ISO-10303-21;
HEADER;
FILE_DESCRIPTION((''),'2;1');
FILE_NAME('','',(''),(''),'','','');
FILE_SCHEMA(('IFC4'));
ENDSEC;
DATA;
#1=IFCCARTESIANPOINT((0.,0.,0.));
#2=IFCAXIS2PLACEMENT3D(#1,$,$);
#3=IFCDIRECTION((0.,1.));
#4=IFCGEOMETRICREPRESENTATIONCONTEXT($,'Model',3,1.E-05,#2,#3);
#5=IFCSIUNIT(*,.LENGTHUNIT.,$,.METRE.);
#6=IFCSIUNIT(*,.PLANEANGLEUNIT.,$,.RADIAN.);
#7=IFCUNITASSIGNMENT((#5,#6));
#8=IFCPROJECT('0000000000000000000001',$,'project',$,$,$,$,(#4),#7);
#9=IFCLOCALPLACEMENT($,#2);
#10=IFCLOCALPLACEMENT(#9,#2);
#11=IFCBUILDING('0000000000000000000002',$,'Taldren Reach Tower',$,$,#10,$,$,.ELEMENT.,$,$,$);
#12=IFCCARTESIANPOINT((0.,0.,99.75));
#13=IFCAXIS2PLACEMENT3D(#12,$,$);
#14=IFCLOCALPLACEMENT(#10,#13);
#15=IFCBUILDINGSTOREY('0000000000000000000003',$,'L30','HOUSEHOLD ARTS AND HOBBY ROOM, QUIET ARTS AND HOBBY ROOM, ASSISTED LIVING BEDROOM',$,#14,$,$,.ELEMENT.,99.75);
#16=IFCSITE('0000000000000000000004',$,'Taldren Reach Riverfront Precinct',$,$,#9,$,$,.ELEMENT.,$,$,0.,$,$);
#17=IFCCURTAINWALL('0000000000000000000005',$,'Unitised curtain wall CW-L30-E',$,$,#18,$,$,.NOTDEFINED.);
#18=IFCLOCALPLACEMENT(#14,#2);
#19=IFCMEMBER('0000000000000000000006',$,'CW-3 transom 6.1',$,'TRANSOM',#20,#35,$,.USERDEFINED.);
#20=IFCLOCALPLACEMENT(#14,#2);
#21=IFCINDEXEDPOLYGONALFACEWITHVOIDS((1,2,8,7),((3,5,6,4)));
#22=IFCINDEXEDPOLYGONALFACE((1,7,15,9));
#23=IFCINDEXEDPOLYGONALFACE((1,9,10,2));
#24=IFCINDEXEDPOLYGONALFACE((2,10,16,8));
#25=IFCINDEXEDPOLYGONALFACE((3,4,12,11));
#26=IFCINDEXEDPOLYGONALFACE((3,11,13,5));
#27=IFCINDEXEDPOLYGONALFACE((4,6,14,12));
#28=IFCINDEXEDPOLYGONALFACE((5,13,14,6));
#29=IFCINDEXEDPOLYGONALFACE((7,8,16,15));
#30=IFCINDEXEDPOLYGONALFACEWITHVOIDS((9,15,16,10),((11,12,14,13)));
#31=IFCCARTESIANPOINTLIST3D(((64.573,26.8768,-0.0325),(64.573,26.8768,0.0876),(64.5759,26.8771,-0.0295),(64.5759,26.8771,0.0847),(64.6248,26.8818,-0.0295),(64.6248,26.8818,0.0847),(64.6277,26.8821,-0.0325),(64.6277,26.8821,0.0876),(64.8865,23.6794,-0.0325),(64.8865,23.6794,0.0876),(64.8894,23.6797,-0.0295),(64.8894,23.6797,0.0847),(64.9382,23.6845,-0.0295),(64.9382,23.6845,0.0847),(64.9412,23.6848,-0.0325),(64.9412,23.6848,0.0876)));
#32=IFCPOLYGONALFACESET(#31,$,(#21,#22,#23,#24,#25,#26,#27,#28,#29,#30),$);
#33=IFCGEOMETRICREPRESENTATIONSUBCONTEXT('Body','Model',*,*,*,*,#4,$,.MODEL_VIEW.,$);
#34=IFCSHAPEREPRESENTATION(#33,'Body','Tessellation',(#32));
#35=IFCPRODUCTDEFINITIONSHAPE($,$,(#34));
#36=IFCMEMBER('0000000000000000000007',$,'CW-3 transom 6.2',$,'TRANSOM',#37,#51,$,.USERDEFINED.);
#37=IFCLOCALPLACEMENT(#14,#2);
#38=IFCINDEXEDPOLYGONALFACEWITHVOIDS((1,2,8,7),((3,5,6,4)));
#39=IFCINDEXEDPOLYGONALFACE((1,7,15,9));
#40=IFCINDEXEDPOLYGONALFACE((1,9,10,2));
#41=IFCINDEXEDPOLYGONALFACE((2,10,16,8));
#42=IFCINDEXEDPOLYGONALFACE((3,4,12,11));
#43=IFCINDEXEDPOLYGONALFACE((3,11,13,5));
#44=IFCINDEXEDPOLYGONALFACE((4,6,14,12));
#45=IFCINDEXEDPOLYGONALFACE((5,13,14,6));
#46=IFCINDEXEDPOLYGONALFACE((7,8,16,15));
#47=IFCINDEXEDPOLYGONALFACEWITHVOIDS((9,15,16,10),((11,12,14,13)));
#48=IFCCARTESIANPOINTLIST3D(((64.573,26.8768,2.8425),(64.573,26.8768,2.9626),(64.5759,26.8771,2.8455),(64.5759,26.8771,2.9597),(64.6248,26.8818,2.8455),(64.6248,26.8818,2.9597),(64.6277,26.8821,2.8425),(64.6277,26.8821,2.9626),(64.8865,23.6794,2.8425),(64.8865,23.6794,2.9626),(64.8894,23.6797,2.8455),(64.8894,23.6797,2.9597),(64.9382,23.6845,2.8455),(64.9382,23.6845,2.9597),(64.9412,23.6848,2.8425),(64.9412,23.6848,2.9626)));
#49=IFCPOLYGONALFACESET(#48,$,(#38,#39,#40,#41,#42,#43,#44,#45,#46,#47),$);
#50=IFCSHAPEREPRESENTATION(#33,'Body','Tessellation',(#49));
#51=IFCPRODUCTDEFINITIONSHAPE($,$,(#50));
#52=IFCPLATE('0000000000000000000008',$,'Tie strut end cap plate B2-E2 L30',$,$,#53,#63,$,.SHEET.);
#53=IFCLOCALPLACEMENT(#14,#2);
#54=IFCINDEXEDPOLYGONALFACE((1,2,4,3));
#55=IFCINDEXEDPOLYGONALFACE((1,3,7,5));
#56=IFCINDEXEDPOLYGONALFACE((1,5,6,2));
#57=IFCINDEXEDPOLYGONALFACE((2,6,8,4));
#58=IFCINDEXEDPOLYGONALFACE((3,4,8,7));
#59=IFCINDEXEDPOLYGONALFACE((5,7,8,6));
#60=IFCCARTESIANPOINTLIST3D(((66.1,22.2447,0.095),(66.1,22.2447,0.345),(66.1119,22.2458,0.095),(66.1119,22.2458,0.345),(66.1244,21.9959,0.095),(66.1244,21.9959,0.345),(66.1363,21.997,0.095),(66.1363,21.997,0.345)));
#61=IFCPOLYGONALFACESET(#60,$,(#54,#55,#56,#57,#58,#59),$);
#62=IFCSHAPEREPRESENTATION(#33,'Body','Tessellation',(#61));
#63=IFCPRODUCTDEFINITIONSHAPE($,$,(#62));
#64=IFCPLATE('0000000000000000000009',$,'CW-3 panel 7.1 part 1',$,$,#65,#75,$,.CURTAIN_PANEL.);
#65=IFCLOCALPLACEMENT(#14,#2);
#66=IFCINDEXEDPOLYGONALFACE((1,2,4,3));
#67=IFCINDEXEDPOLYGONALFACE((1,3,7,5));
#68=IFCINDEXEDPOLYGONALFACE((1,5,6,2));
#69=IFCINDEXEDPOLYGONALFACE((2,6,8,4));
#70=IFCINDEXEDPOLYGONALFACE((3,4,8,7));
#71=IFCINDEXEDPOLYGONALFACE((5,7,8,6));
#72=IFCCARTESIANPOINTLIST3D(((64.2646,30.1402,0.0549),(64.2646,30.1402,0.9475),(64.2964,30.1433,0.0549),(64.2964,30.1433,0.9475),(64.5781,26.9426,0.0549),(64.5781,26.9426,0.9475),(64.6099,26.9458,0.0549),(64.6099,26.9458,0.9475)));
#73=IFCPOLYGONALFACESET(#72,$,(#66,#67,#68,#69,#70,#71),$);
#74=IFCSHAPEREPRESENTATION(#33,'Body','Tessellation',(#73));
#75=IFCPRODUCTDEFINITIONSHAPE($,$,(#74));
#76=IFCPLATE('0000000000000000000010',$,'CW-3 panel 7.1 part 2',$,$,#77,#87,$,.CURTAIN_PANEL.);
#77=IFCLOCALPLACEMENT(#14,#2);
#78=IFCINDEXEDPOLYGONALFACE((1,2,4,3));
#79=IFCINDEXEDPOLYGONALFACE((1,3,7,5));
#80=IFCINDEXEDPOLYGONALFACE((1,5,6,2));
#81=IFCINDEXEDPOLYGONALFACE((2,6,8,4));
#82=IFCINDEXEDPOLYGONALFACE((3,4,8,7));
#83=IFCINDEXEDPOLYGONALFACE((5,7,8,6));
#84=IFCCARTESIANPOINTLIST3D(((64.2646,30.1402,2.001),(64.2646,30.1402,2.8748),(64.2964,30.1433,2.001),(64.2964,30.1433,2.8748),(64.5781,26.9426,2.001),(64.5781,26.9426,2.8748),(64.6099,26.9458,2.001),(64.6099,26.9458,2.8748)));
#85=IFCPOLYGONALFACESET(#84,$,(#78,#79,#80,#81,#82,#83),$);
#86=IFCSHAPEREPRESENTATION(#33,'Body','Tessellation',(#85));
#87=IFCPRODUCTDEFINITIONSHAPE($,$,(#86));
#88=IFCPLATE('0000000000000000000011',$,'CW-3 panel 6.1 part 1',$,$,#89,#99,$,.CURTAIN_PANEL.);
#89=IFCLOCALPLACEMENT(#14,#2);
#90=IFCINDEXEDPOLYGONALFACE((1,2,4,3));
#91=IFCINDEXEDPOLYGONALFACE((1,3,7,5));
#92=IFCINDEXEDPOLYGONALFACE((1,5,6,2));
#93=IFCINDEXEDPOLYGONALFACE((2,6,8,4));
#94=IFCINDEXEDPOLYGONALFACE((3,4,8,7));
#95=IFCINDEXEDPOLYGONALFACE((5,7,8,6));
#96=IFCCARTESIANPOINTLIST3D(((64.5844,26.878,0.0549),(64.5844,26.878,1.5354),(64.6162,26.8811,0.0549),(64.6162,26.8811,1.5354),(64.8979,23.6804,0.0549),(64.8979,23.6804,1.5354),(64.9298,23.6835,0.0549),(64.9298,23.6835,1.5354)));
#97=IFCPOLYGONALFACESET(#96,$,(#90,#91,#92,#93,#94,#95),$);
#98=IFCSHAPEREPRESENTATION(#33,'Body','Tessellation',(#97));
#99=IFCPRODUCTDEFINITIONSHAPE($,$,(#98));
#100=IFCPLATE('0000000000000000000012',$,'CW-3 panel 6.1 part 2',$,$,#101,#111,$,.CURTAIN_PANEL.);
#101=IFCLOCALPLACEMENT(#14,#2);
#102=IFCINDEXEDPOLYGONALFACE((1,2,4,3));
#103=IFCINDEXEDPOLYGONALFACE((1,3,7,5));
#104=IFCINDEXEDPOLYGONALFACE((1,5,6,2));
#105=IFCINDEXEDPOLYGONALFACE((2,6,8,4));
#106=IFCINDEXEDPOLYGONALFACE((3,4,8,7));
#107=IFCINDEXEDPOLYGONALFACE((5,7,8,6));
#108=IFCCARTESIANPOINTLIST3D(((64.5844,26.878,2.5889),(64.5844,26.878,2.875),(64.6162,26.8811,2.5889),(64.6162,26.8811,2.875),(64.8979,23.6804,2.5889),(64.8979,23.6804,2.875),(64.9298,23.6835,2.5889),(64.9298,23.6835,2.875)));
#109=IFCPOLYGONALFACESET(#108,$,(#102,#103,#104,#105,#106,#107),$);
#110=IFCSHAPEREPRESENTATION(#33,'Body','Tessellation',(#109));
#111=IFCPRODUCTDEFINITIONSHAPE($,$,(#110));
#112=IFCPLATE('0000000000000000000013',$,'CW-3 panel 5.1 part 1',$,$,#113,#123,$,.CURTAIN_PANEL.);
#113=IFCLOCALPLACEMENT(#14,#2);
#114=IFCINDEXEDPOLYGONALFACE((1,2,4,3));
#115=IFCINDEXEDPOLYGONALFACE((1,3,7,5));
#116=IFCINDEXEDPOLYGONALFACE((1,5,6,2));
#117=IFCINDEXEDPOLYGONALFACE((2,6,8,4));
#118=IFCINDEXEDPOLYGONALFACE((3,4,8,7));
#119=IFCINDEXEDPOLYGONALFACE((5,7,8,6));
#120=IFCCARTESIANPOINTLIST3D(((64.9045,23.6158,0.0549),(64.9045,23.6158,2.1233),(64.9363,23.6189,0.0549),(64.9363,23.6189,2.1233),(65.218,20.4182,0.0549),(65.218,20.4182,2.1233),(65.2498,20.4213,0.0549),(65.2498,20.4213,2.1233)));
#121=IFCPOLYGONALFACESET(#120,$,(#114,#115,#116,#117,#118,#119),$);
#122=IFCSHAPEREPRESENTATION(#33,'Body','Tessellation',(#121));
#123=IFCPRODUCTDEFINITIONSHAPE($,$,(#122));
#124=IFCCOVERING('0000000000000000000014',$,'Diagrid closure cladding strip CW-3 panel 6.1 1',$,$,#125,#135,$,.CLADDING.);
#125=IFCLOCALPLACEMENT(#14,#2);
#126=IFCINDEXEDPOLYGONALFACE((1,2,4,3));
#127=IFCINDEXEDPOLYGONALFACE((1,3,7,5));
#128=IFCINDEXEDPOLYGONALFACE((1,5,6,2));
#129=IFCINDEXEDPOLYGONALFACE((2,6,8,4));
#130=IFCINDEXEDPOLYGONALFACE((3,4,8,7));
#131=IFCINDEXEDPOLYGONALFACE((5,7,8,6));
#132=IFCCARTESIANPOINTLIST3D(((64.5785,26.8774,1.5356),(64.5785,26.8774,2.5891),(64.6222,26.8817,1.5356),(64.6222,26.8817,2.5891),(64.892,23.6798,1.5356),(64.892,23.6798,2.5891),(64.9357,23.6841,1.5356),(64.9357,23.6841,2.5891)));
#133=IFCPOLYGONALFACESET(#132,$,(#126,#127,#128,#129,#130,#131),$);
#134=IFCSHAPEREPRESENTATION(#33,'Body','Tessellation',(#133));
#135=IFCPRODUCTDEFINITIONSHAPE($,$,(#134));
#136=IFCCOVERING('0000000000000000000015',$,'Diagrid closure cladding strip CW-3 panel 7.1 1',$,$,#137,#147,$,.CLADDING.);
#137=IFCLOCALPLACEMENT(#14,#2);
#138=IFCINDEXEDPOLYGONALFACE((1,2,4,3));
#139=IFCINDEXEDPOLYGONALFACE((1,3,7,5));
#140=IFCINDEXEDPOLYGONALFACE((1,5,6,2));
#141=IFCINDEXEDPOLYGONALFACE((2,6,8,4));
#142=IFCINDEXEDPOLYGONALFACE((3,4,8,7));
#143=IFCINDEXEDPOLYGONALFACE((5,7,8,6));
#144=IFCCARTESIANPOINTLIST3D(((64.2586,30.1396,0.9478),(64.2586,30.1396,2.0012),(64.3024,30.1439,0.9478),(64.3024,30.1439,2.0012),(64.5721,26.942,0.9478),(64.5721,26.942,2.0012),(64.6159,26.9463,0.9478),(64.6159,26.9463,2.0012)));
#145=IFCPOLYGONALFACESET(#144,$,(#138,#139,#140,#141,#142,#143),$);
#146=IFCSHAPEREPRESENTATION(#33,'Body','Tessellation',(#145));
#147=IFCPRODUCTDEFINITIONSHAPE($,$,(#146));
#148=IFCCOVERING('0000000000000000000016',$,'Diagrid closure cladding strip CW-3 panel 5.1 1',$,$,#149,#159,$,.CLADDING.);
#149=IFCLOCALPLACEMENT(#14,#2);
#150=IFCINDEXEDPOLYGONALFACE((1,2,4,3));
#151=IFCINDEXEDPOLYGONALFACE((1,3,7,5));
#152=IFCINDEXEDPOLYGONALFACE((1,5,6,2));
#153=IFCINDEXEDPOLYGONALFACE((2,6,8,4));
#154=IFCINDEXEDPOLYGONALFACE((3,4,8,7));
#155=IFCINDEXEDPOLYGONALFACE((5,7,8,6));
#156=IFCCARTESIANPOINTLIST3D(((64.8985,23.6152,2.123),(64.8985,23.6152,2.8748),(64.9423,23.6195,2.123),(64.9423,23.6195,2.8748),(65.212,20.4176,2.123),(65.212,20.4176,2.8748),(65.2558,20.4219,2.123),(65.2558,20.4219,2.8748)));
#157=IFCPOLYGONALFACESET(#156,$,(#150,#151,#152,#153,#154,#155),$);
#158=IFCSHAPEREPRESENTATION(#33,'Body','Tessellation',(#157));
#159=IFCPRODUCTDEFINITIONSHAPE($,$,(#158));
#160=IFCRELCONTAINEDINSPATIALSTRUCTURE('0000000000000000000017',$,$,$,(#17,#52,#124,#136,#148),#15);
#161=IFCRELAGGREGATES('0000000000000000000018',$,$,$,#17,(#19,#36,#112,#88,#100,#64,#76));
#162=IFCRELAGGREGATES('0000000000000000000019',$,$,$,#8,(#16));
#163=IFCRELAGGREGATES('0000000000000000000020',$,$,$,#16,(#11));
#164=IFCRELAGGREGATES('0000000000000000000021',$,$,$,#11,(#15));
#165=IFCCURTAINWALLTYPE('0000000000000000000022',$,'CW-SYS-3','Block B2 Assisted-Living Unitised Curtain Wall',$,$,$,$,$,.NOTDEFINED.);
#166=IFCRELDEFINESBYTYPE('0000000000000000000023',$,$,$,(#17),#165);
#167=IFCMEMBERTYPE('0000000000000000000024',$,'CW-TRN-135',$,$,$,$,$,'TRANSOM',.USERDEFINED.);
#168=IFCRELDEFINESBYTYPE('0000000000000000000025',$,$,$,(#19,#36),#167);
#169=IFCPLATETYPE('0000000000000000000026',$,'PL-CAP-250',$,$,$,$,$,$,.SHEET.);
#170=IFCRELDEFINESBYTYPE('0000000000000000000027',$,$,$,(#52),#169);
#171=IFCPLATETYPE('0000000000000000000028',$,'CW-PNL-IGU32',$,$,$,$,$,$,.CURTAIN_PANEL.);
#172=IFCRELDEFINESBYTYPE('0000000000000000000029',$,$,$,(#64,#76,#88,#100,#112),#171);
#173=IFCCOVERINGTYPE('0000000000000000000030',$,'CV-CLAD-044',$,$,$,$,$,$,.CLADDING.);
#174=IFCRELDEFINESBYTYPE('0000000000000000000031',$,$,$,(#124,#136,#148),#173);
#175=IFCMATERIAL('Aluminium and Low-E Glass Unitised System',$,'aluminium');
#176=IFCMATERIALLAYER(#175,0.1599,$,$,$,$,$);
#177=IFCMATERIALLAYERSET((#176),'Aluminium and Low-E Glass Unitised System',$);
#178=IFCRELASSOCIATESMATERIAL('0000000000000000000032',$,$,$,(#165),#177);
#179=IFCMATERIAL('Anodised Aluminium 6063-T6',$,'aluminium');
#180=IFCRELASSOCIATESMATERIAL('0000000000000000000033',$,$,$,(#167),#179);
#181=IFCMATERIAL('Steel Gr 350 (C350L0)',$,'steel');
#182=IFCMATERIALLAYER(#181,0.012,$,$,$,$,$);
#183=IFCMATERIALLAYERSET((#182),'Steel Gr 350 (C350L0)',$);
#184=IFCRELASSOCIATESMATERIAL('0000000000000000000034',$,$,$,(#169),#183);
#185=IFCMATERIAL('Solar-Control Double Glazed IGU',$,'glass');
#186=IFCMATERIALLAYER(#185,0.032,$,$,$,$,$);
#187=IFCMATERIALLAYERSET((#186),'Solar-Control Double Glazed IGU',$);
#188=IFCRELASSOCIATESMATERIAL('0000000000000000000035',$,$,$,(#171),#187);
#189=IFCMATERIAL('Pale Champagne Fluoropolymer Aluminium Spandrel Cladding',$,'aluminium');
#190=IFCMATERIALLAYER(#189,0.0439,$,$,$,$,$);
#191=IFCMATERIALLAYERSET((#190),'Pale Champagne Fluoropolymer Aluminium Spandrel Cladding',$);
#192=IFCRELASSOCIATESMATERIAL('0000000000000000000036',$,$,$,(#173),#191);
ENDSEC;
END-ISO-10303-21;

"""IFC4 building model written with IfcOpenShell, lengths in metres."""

from ifc_helpers import new_model, si_unit, direction, frame, origin, origin_2d, place, context, subcontext, project, spatial, rectangle, hollow_rectangle, extrude, source, transform, mapped, material, layer, layer_set, material_profile, profile_set, type_object, element, aggregate, save


model = new_model("IFC4")

# Units and contexts
model_context = context("Model", 3, precision=1e-05, world=origin(), true_north=direction((0.0, 1.0)))
body_context = subcontext(model_context, "Body", "Model", "MODEL_VIEW")
ifc_project = project(units=[si_unit("LENGTHUNIT", "METRE"), si_unit("PLANEANGLEUNIT", "RADIAN")], contexts=[model_context])

# Site, building, storey
site_placement = place(None, origin())
site = spatial("IfcSite", under=ifc_project, at=site_placement, Name="Taldren Reach Riverfront Precinct", CompositionType="ELEMENT", RefElevation=0.0)
building_placement = place(site_placement, origin())
building = spatial("IfcBuilding", under=site, at=building_placement, Name="Taldren Reach Tower", CompositionType="ELEMENT")
storey_placement = place(building_placement, frame((0.0, 0.0, 99.75)))
storey = spatial("IfcBuildingStorey", under=building, at=storey_placement, Name="L30", Description="HOUSEHOLD ARTS AND HOBBY ROOM, QUIET ARTS AND HOBBY ROOM, ASSISTED LIVING BEDROOM", CompositionType="ELEMENT", Elevation=99.75)

# Shared definitions
ifc_material_1 = material(Name="Steel Gr 350 (C350L0)", Category="steel")

# Curtain wall, members
ifc_material_2 = material(Name="Aluminium and Low-E Glass Unitised System", Category="aluminium")
ifc_layer_1 = layer(ifc_material_2, 0.1599)
ifc_layer_set_1 = layer_set([ifc_layer_1], Name="Aluminium and Low-E Glass Unitised System")
curtain_wall_type = type_object("IfcCurtainWallType", Name="CW-SYS-3", Description="Block B2 Assisted-Living Unitised Curtain Wall", PredefinedType="NOTDEFINED", material=ifc_layer_set_1)
curtain_wall_placement = place(storey_placement, origin())
curtain_wall = element("IfcCurtainWall", 1, at=curtain_wall_placement, inside=storey, type_object=curtain_wall_type, Name="Unitised curtain wall CW-L30-E", PredefinedType="NOTDEFINED")
ifc_material_3 = material(Name="Anodised Aluminium 6063-T6", Category="aluminium")
ifc_material_profile_1 = material_profile(ifc_material_3, hollow_rectangle(XDim=0.0549, YDim=0.1201, WallThickness=0.0029, at=origin_2d()), Name="ALU-120x55x3RHS")
ifc_profile_set_1 = profile_set([ifc_material_profile_1], Name="Anodised Aluminium 6063-T6")
member_type_1 = type_object("IfcMemberType", Name="CW-TRN-135", ElementType="TRANSOM", PredefinedType="USERDEFINED", material=ifc_profile_set_1)
shared_shape_1 = source(origin(), body_context, "Body", "SweptSolid", [
    extrude(hollow_rectangle(XDim=0.0549, YDim=0.1201, WallThickness=0.0029, at=origin_2d()), origin(), (0.0, 0.0, 1.0), 3.2126),
])
member_1_placement = place(storey_placement, frame((64.9138, 23.6821, 0.0276), z_axis=(-0.097577, 0.995228, 0.0), x_axis=(-0.995228, -0.097577, 0.0)))
member_1 = element("IfcMember", 2, at=member_1_placement, type_object=member_type_1, Name="CW-3 transom 6.1", ObjectType="TRANSOM", PredefinedType="USERDEFINED", context=body_context, shape_type="MappedRepresentation", body=[
    mapped(shared_shape_1, transform((0.0, 0.0, 0.0), scale=1.0)),
])
member_2_placement = place(storey_placement, frame((64.9138, 23.6821, 2.9026), z_axis=(-0.097577, 0.995228, 0.0), x_axis=(-0.995228, -0.097577, 0.0)))
member_2 = element("IfcMember", 3, at=member_2_placement, type_object=member_type_1, Name="CW-3 transom 6.2", ObjectType="TRANSOM", PredefinedType="USERDEFINED", context=body_context, shape_type="MappedRepresentation", body=[
    mapped(shared_shape_1, transform((0.0, 0.0, 0.0), scale=1.0)),
])

# Plates
ifc_layer_2 = layer(ifc_material_1, 0.012)
ifc_layer_set_2 = layer_set([ifc_layer_2], Name="Steel Gr 350 (C350L0)")
plate_type_1 = type_object("IfcPlateType", Name="PL-CAP-250", PredefinedType="SHEET", material=ifc_layer_set_2)
shared_shape_2 = source(origin(), body_context, "Body", "SweptSolid", [
    extrude(rectangle(XDim=0.012, YDim=0.25, at=origin_2d()), origin(), (0.0, 0.0, 1.0), 0.25),
])
plate_1_placement = place(storey_placement, frame((66.1182, 22.1208, 0.095), z_axis=(0.0, 0.0, 1.0), x_axis=(0.995227, 0.097583, 0.0)))
element("IfcPlate", 4, at=plate_1_placement, inside=storey, type_object=plate_type_1, Name="Tie strut end cap plate B2-E2 L30", PredefinedType="SHEET", context=body_context, shape_type="MappedRepresentation", body=[
    mapped(shared_shape_2, transform((0.0, 0.0, 0.0), scale=1.0)),
])
ifc_material_4 = material(Name="Solar-Control Double Glazed IGU", Category="glass")
ifc_layer_3 = layer(ifc_material_4, 0.032)
ifc_layer_set_3 = layer_set([ifc_layer_3], Name="Solar-Control Double Glazed IGU")
plate_type_2 = type_object("IfcPlateType", Name="CW-PNL-IGU32", PredefinedType="CURTAIN_PANEL", material=ifc_layer_set_3)
shared_shape_3 = source(origin(), body_context, "Body", "SweptSolid", [
    extrude(rectangle(XDim=3.2129, YDim=0.032, at=origin_2d()), origin(), (0.0, 0.0, 1.0), 0.8926),
])
plate_2_placement = place(storey_placement, frame((64.4373, 28.543, 0.0549), z_axis=(0.0, 0.0, 1.0), x_axis=(-0.097583, 0.995227, 0.0)))
plate_2 = element("IfcPlate", 5, at=plate_2_placement, type_object=plate_type_2, Name="CW-3 panel 7.1 part 1", PredefinedType="CURTAIN_PANEL", context=body_context, shape_type="MappedRepresentation", body=[
    mapped(shared_shape_3, transform((0.0, 0.0, 0.0), scale=1.0)),
])
shared_shape_4 = source(origin(), body_context, "Body", "SweptSolid", [
    extrude(rectangle(XDim=3.2129, YDim=0.032, at=origin_2d()), origin(), (0.0, 0.0, 1.0), 0.8738),
])
plate_3_placement = place(storey_placement, frame((64.4373, 28.543, 2.001), z_axis=(0.0, 0.0, 1.0), x_axis=(-0.097583, 0.995227, 0.0)))
plate_3 = element("IfcPlate", 6, at=plate_3_placement, type_object=plate_type_2, Name="CW-3 panel 7.1 part 2", PredefinedType="CURTAIN_PANEL", context=body_context, shape_type="MappedRepresentation", body=[
    mapped(shared_shape_4, transform((0.0, 0.0, 0.0), scale=1.0)),
])
shared_shape_5 = source(origin(), body_context, "Body", "SweptSolid", [
    extrude(rectangle(XDim=3.2129, YDim=0.032, at=origin_2d()), origin(), (0.0, 0.0, 1.0), 1.4805),
])
plate_4_placement = place(storey_placement, frame((64.7571, 25.2808, 0.0549), z_axis=(0.0, 0.0, 1.0), x_axis=(-0.097583, 0.995227, 0.0)))
plate_4 = element("IfcPlate", 7, at=plate_4_placement, type_object=plate_type_2, Name="CW-3 panel 6.1 part 1", PredefinedType="CURTAIN_PANEL", context=body_context, shape_type="MappedRepresentation", body=[
    mapped(shared_shape_5, transform((0.0, 0.0, 0.0), scale=1.0)),
])
shared_shape_6 = source(origin(), body_context, "Body", "SweptSolid", [
    extrude(rectangle(XDim=3.2129, YDim=0.032, at=origin_2d()), origin(), (0.0, 0.0, 1.0), 0.2861),
])
plate_5_placement = place(storey_placement, frame((64.7571, 25.2808, 2.5889), z_axis=(0.0, 0.0, 1.0), x_axis=(-0.097583, 0.995227, 0.0)))
plate_5 = element("IfcPlate", 8, at=plate_5_placement, type_object=plate_type_2, Name="CW-3 panel 6.1 part 2", PredefinedType="CURTAIN_PANEL", context=body_context, shape_type="MappedRepresentation", body=[
    mapped(shared_shape_6, transform((0.0, 0.0, 0.0), scale=1.0)),
])
shared_shape_7 = source(origin(), body_context, "Body", "SweptSolid", [
    extrude(rectangle(XDim=3.2129, YDim=0.032, at=origin_2d()), origin(), (0.0, 0.0, 1.0), 2.0684),
])
plate_6_placement = place(storey_placement, frame((65.0771, 22.0186, 0.0549), z_axis=(0.0, 0.0, 1.0), x_axis=(-0.097583, 0.995227, 0.0)))
plate_6 = element("IfcPlate", 9, at=plate_6_placement, type_object=plate_type_2, Name="CW-3 panel 5.1 part 1", PredefinedType="CURTAIN_PANEL", context=body_context, shape_type="MappedRepresentation", body=[
    mapped(shared_shape_7, transform((0.0, 0.0, 0.0), scale=1.0)),
])
aggregate(curtain_wall, [member_1, member_2, plate_6, plate_4, plate_5, plate_2, plate_3])

# Coverings
ifc_material_5 = material(Name="Pale Champagne Fluoropolymer Aluminium Spandrel Cladding", Category="aluminium")
ifc_layer_4 = layer(ifc_material_5, 0.0439)
ifc_layer_set_4 = layer_set([ifc_layer_4], Name="Pale Champagne Fluoropolymer Aluminium Spandrel Cladding")
covering_type = type_object("IfcCoveringType", Name="CV-CLAD-044", PredefinedType="CLADDING", material=ifc_layer_set_4)
shared_shape_8 = source(origin(), body_context, "Body", "SweptSolid", [
    extrude(rectangle(XDim=3.2129, YDim=0.0439, at=origin_2d()), origin(), (0.0, 0.0, 1.0), 1.0535),
])
for number, where, z_axis, x_axis, name in (
    (10, (64.7571, 25.2808, 1.5356), (0.0, 0.0, 1.0), (-0.097583, 0.995227, 0.0), "Diagrid closure cladding strip CW-3 panel 6.1 1"),
    (11, (64.4373, 28.543, 0.9478), (0.0, 0.0, 1.0), (-0.097583, 0.995227, 0.0), "Diagrid closure cladding strip CW-3 panel 7.1 1"),
):
    element("IfcCovering", number, at=place(storey_placement, frame(where, z_axis=z_axis, x_axis=x_axis)), inside=storey, type_object=covering_type, Name=name, PredefinedType="CLADDING", context=body_context, shape_type="MappedRepresentation", body=[
        mapped(shared_shape_8, transform((0.0, 0.0, 0.0), scale=1.0)),
    ])
shared_shape_9 = source(origin(), body_context, "Body", "SweptSolid", [
    extrude(rectangle(XDim=3.2129, YDim=0.0439, at=origin_2d()), origin(), (0.0, 0.0, 1.0), 0.7517),
])
covering_placement = place(storey_placement, frame((65.0771, 22.0186, 2.123), z_axis=(0.0, 0.0, 1.0), x_axis=(-0.097583, 0.995227, 0.0)))
element("IfcCovering", 12, at=covering_placement, inside=storey, type_object=covering_type, Name="Diagrid closure cladding strip CW-3 panel 5.1 1", PredefinedType="CLADDING", context=body_context, shape_type="MappedRepresentation", body=[
    mapped(shared_shape_9, transform((0.0, 0.0, 0.0), scale=1.0)),
])

save(model, "model.ifc")
